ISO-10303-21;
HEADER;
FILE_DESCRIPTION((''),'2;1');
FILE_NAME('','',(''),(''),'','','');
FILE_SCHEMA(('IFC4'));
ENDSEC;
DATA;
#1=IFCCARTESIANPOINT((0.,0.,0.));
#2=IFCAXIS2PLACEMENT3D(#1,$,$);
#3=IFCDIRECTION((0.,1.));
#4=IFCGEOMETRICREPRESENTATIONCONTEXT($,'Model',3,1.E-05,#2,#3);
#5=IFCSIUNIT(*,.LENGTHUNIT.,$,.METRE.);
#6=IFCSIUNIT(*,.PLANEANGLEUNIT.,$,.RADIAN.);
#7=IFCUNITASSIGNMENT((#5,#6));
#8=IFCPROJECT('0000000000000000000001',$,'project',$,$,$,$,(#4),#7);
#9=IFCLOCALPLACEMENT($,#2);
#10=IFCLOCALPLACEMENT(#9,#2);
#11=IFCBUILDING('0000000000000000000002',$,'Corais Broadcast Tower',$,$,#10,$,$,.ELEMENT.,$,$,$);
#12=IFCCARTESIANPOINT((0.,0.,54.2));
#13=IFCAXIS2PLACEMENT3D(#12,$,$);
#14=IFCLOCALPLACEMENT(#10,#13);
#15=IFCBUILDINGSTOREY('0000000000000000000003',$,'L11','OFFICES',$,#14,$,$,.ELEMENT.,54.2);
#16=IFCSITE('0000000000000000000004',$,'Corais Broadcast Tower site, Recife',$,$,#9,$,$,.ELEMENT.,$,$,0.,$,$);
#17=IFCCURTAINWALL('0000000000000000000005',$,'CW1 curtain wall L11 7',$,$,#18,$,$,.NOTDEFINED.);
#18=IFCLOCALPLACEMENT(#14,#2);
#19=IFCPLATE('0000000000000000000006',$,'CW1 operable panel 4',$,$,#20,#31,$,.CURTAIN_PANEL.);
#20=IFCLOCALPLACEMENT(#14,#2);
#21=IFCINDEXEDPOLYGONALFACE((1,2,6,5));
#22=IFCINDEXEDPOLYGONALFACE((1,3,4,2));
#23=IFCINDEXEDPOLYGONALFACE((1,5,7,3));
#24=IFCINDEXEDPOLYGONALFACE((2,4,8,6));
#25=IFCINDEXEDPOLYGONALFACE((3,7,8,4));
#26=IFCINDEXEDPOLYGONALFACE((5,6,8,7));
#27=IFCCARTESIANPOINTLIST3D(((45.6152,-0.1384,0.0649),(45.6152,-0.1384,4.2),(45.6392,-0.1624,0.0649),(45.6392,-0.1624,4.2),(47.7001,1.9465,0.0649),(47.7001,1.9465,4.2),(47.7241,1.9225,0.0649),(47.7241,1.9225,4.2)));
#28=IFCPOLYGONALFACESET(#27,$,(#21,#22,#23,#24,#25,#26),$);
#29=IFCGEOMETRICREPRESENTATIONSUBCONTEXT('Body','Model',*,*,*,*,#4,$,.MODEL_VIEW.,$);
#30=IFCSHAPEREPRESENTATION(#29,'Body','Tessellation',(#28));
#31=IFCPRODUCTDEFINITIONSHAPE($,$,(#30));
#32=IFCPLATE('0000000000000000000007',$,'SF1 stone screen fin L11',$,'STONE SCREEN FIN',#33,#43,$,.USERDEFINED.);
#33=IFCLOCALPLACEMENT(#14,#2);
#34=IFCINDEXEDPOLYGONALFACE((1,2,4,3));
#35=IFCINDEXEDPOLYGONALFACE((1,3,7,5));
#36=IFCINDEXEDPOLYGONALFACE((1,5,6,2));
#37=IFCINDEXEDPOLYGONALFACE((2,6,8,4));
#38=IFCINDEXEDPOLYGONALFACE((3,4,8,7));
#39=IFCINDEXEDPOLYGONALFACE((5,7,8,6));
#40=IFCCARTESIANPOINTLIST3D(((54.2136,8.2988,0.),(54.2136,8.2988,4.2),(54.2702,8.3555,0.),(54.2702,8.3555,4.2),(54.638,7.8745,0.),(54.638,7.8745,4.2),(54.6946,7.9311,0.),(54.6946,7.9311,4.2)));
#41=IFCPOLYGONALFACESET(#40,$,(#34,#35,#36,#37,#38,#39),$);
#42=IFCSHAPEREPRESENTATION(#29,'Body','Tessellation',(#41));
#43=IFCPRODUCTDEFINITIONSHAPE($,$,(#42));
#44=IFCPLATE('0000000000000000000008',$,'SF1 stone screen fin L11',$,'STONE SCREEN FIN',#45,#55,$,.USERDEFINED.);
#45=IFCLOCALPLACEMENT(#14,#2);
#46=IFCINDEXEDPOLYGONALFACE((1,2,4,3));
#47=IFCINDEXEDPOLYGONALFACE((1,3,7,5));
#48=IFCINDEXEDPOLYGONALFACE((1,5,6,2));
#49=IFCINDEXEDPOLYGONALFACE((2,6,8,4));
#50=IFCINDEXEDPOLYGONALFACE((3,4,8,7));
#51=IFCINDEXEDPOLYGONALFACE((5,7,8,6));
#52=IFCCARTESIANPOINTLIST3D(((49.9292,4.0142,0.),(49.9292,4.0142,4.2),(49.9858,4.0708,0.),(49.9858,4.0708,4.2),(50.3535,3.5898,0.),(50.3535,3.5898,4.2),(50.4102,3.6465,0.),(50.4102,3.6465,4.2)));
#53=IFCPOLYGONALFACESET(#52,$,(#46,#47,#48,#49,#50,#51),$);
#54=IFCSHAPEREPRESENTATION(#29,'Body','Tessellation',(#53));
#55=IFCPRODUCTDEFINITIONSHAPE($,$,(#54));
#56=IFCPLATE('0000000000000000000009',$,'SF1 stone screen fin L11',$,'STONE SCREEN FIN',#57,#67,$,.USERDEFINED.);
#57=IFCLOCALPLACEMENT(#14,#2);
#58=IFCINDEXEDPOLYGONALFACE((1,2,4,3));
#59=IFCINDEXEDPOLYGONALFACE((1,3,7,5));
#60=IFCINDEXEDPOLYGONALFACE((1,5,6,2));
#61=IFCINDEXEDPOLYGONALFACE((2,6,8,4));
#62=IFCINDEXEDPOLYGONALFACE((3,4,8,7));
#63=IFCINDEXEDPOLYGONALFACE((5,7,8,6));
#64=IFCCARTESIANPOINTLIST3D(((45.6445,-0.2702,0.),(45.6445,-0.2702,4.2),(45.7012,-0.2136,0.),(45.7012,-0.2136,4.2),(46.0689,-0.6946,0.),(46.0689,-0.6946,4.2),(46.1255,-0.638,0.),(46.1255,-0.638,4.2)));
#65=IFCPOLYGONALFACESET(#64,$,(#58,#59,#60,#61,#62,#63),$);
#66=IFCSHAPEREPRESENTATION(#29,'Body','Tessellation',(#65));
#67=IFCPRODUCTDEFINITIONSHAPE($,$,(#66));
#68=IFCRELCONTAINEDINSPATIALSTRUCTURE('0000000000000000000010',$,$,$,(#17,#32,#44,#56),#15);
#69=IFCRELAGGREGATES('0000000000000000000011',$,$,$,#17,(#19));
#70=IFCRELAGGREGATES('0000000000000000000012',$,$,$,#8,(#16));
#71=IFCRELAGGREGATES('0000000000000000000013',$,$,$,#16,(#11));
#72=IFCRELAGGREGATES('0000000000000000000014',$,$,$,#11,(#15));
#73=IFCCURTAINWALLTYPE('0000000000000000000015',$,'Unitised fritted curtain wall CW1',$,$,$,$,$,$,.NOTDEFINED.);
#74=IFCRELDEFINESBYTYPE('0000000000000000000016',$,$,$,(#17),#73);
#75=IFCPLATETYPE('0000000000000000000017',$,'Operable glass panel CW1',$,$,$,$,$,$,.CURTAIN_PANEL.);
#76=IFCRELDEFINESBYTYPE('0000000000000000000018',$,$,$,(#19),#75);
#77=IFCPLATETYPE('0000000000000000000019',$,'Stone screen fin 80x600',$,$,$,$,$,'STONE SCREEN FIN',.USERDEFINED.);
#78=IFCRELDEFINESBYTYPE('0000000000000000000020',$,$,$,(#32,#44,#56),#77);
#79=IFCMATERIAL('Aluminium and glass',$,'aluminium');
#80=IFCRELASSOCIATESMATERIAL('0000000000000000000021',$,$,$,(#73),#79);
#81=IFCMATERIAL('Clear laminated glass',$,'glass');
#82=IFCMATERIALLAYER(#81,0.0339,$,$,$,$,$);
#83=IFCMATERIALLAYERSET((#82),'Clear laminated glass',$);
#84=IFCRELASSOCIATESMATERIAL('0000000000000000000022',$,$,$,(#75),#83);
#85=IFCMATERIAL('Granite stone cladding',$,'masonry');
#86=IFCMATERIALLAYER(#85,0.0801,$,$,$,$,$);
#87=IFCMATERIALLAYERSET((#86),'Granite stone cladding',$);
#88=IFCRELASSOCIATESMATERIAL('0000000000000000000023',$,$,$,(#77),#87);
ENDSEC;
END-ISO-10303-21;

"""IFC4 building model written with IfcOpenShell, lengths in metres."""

from ifc_helpers import new_model, si_unit, direction, frame, origin, origin_2d, place, context, subcontext, project, spatial, rectangle, extrude, material, layer, layer_set, type_object, element, aggregate, save


model = new_model("IFC4")

# Units and contexts
model_context = context("Model", 3, precision=1e-05, world=origin(), true_north=direction((0.0, 1.0)))
body_context = subcontext(model_context, "Body", "Model", "MODEL_VIEW")
ifc_project = project(units=[si_unit("LENGTHUNIT", "METRE"), si_unit("PLANEANGLEUNIT", "RADIAN")], contexts=[model_context])

# Site, building, storey
site_placement = place(None, origin())
site = spatial("IfcSite", under=ifc_project, at=site_placement, Name="Corais Broadcast Tower site, Recife", CompositionType="ELEMENT", RefElevation=0.0)
building_placement = place(site_placement, origin())
building = spatial("IfcBuilding", under=site, at=building_placement, Name="Corais Broadcast Tower", CompositionType="ELEMENT")
storey_placement = place(building_placement, frame((0.0, 0.0, 54.2)))
storey = spatial("IfcBuildingStorey", under=building, at=storey_placement, Name="L11", Description="OFFICES", CompositionType="ELEMENT", Elevation=54.2)

# Shared definitions
ifc_material_1 = material(Name="Aluminium and glass", Category="aluminium")
curtain_wall_type = type_object("IfcCurtainWallType", Name="Unitised fritted curtain wall CW1", PredefinedType="NOTDEFINED", material=ifc_material_1)

# Curtain wall
curtain_wall_1_placement = place(storey_placement, origin())
curtain_wall_1 = element("IfcCurtainWall", 1, at=curtain_wall_1_placement, inside=storey, type_object=curtain_wall_type, Name="CW1 curtain wall L11 7", PredefinedType="NOTDEFINED")

# Plate
ifc_material_2 = material(Name="Clear laminated glass", Category="glass")
ifc_layer_1 = layer(ifc_material_2, 0.0339)
ifc_layer_set_1 = layer_set([ifc_layer_1], Name="Clear laminated glass")
plate_type_1 = type_object("IfcPlateType", Name="Operable glass panel CW1", PredefinedType="CURTAIN_PANEL", material=ifc_layer_set_1)
plate_1_placement = place(storey_placement, frame((46.6697, 0.8921, 0.0649), z_axis=(0.0, 0.0, 1.0), x_axis=(-0.707107, -0.707107, 0.0)))
plate_1 = element("IfcPlate", 2, at=plate_1_placement, type_object=plate_type_1, Name="CW1 operable panel 4", PredefinedType="CURTAIN_PANEL", context=body_context, shape_type="SweptSolid", body=[
    extrude(rectangle(XDim=2.9485, YDim=0.0339, at=origin_2d()), origin(), (0.0, 0.0, 1.0), 4.135),
])
aggregate(curtain_wall_1, [plate_1])

# Plates
ifc_material_3 = material(Name="Granite stone cladding", Category="masonry")
ifc_layer_2 = layer(ifc_material_3, 0.0801)
ifc_layer_set_2 = layer_set([ifc_layer_2], Name="Granite stone cladding")
plate_type_2 = type_object("IfcPlateType", Name="Stone screen fin 80x600", ElementType="STONE SCREEN FIN", PredefinedType="USERDEFINED", material=ifc_layer_set_2)
for number, where, z_axis, x_axis, name in (
    (3, (54.4541, 8.115, 0.0), (0.0, 0.0, 1.0), (-0.707107, -0.707107, 0.0), "SF1 stone screen fin L11"),
    (4, (50.1697, 3.8303, 0.0), (0.0, 0.0, 1.0), (-0.707107, -0.707107, 0.0), "SF1 stone screen fin L11"),
    (5, (45.885, -0.4541, 0.0), (0.0, 0.0, 1.0), (-0.707107, -0.707107, 0.0), "SF1 stone screen fin L11"),
):
    element("IfcPlate", number, at=place(storey_placement, frame(where, z_axis=z_axis, x_axis=x_axis)), inside=storey, type_object=plate_type_2, Name=name, ObjectType="STONE SCREEN FIN", PredefinedType="USERDEFINED", context=body_context, shape_type="SweptSolid", body=[
        extrude(rectangle(XDim=0.0801, YDim=0.6001, at=origin_2d()), origin(), (0.0, 0.0, 1.0), 4.2),
    ])

save(model, "model.ifc")
